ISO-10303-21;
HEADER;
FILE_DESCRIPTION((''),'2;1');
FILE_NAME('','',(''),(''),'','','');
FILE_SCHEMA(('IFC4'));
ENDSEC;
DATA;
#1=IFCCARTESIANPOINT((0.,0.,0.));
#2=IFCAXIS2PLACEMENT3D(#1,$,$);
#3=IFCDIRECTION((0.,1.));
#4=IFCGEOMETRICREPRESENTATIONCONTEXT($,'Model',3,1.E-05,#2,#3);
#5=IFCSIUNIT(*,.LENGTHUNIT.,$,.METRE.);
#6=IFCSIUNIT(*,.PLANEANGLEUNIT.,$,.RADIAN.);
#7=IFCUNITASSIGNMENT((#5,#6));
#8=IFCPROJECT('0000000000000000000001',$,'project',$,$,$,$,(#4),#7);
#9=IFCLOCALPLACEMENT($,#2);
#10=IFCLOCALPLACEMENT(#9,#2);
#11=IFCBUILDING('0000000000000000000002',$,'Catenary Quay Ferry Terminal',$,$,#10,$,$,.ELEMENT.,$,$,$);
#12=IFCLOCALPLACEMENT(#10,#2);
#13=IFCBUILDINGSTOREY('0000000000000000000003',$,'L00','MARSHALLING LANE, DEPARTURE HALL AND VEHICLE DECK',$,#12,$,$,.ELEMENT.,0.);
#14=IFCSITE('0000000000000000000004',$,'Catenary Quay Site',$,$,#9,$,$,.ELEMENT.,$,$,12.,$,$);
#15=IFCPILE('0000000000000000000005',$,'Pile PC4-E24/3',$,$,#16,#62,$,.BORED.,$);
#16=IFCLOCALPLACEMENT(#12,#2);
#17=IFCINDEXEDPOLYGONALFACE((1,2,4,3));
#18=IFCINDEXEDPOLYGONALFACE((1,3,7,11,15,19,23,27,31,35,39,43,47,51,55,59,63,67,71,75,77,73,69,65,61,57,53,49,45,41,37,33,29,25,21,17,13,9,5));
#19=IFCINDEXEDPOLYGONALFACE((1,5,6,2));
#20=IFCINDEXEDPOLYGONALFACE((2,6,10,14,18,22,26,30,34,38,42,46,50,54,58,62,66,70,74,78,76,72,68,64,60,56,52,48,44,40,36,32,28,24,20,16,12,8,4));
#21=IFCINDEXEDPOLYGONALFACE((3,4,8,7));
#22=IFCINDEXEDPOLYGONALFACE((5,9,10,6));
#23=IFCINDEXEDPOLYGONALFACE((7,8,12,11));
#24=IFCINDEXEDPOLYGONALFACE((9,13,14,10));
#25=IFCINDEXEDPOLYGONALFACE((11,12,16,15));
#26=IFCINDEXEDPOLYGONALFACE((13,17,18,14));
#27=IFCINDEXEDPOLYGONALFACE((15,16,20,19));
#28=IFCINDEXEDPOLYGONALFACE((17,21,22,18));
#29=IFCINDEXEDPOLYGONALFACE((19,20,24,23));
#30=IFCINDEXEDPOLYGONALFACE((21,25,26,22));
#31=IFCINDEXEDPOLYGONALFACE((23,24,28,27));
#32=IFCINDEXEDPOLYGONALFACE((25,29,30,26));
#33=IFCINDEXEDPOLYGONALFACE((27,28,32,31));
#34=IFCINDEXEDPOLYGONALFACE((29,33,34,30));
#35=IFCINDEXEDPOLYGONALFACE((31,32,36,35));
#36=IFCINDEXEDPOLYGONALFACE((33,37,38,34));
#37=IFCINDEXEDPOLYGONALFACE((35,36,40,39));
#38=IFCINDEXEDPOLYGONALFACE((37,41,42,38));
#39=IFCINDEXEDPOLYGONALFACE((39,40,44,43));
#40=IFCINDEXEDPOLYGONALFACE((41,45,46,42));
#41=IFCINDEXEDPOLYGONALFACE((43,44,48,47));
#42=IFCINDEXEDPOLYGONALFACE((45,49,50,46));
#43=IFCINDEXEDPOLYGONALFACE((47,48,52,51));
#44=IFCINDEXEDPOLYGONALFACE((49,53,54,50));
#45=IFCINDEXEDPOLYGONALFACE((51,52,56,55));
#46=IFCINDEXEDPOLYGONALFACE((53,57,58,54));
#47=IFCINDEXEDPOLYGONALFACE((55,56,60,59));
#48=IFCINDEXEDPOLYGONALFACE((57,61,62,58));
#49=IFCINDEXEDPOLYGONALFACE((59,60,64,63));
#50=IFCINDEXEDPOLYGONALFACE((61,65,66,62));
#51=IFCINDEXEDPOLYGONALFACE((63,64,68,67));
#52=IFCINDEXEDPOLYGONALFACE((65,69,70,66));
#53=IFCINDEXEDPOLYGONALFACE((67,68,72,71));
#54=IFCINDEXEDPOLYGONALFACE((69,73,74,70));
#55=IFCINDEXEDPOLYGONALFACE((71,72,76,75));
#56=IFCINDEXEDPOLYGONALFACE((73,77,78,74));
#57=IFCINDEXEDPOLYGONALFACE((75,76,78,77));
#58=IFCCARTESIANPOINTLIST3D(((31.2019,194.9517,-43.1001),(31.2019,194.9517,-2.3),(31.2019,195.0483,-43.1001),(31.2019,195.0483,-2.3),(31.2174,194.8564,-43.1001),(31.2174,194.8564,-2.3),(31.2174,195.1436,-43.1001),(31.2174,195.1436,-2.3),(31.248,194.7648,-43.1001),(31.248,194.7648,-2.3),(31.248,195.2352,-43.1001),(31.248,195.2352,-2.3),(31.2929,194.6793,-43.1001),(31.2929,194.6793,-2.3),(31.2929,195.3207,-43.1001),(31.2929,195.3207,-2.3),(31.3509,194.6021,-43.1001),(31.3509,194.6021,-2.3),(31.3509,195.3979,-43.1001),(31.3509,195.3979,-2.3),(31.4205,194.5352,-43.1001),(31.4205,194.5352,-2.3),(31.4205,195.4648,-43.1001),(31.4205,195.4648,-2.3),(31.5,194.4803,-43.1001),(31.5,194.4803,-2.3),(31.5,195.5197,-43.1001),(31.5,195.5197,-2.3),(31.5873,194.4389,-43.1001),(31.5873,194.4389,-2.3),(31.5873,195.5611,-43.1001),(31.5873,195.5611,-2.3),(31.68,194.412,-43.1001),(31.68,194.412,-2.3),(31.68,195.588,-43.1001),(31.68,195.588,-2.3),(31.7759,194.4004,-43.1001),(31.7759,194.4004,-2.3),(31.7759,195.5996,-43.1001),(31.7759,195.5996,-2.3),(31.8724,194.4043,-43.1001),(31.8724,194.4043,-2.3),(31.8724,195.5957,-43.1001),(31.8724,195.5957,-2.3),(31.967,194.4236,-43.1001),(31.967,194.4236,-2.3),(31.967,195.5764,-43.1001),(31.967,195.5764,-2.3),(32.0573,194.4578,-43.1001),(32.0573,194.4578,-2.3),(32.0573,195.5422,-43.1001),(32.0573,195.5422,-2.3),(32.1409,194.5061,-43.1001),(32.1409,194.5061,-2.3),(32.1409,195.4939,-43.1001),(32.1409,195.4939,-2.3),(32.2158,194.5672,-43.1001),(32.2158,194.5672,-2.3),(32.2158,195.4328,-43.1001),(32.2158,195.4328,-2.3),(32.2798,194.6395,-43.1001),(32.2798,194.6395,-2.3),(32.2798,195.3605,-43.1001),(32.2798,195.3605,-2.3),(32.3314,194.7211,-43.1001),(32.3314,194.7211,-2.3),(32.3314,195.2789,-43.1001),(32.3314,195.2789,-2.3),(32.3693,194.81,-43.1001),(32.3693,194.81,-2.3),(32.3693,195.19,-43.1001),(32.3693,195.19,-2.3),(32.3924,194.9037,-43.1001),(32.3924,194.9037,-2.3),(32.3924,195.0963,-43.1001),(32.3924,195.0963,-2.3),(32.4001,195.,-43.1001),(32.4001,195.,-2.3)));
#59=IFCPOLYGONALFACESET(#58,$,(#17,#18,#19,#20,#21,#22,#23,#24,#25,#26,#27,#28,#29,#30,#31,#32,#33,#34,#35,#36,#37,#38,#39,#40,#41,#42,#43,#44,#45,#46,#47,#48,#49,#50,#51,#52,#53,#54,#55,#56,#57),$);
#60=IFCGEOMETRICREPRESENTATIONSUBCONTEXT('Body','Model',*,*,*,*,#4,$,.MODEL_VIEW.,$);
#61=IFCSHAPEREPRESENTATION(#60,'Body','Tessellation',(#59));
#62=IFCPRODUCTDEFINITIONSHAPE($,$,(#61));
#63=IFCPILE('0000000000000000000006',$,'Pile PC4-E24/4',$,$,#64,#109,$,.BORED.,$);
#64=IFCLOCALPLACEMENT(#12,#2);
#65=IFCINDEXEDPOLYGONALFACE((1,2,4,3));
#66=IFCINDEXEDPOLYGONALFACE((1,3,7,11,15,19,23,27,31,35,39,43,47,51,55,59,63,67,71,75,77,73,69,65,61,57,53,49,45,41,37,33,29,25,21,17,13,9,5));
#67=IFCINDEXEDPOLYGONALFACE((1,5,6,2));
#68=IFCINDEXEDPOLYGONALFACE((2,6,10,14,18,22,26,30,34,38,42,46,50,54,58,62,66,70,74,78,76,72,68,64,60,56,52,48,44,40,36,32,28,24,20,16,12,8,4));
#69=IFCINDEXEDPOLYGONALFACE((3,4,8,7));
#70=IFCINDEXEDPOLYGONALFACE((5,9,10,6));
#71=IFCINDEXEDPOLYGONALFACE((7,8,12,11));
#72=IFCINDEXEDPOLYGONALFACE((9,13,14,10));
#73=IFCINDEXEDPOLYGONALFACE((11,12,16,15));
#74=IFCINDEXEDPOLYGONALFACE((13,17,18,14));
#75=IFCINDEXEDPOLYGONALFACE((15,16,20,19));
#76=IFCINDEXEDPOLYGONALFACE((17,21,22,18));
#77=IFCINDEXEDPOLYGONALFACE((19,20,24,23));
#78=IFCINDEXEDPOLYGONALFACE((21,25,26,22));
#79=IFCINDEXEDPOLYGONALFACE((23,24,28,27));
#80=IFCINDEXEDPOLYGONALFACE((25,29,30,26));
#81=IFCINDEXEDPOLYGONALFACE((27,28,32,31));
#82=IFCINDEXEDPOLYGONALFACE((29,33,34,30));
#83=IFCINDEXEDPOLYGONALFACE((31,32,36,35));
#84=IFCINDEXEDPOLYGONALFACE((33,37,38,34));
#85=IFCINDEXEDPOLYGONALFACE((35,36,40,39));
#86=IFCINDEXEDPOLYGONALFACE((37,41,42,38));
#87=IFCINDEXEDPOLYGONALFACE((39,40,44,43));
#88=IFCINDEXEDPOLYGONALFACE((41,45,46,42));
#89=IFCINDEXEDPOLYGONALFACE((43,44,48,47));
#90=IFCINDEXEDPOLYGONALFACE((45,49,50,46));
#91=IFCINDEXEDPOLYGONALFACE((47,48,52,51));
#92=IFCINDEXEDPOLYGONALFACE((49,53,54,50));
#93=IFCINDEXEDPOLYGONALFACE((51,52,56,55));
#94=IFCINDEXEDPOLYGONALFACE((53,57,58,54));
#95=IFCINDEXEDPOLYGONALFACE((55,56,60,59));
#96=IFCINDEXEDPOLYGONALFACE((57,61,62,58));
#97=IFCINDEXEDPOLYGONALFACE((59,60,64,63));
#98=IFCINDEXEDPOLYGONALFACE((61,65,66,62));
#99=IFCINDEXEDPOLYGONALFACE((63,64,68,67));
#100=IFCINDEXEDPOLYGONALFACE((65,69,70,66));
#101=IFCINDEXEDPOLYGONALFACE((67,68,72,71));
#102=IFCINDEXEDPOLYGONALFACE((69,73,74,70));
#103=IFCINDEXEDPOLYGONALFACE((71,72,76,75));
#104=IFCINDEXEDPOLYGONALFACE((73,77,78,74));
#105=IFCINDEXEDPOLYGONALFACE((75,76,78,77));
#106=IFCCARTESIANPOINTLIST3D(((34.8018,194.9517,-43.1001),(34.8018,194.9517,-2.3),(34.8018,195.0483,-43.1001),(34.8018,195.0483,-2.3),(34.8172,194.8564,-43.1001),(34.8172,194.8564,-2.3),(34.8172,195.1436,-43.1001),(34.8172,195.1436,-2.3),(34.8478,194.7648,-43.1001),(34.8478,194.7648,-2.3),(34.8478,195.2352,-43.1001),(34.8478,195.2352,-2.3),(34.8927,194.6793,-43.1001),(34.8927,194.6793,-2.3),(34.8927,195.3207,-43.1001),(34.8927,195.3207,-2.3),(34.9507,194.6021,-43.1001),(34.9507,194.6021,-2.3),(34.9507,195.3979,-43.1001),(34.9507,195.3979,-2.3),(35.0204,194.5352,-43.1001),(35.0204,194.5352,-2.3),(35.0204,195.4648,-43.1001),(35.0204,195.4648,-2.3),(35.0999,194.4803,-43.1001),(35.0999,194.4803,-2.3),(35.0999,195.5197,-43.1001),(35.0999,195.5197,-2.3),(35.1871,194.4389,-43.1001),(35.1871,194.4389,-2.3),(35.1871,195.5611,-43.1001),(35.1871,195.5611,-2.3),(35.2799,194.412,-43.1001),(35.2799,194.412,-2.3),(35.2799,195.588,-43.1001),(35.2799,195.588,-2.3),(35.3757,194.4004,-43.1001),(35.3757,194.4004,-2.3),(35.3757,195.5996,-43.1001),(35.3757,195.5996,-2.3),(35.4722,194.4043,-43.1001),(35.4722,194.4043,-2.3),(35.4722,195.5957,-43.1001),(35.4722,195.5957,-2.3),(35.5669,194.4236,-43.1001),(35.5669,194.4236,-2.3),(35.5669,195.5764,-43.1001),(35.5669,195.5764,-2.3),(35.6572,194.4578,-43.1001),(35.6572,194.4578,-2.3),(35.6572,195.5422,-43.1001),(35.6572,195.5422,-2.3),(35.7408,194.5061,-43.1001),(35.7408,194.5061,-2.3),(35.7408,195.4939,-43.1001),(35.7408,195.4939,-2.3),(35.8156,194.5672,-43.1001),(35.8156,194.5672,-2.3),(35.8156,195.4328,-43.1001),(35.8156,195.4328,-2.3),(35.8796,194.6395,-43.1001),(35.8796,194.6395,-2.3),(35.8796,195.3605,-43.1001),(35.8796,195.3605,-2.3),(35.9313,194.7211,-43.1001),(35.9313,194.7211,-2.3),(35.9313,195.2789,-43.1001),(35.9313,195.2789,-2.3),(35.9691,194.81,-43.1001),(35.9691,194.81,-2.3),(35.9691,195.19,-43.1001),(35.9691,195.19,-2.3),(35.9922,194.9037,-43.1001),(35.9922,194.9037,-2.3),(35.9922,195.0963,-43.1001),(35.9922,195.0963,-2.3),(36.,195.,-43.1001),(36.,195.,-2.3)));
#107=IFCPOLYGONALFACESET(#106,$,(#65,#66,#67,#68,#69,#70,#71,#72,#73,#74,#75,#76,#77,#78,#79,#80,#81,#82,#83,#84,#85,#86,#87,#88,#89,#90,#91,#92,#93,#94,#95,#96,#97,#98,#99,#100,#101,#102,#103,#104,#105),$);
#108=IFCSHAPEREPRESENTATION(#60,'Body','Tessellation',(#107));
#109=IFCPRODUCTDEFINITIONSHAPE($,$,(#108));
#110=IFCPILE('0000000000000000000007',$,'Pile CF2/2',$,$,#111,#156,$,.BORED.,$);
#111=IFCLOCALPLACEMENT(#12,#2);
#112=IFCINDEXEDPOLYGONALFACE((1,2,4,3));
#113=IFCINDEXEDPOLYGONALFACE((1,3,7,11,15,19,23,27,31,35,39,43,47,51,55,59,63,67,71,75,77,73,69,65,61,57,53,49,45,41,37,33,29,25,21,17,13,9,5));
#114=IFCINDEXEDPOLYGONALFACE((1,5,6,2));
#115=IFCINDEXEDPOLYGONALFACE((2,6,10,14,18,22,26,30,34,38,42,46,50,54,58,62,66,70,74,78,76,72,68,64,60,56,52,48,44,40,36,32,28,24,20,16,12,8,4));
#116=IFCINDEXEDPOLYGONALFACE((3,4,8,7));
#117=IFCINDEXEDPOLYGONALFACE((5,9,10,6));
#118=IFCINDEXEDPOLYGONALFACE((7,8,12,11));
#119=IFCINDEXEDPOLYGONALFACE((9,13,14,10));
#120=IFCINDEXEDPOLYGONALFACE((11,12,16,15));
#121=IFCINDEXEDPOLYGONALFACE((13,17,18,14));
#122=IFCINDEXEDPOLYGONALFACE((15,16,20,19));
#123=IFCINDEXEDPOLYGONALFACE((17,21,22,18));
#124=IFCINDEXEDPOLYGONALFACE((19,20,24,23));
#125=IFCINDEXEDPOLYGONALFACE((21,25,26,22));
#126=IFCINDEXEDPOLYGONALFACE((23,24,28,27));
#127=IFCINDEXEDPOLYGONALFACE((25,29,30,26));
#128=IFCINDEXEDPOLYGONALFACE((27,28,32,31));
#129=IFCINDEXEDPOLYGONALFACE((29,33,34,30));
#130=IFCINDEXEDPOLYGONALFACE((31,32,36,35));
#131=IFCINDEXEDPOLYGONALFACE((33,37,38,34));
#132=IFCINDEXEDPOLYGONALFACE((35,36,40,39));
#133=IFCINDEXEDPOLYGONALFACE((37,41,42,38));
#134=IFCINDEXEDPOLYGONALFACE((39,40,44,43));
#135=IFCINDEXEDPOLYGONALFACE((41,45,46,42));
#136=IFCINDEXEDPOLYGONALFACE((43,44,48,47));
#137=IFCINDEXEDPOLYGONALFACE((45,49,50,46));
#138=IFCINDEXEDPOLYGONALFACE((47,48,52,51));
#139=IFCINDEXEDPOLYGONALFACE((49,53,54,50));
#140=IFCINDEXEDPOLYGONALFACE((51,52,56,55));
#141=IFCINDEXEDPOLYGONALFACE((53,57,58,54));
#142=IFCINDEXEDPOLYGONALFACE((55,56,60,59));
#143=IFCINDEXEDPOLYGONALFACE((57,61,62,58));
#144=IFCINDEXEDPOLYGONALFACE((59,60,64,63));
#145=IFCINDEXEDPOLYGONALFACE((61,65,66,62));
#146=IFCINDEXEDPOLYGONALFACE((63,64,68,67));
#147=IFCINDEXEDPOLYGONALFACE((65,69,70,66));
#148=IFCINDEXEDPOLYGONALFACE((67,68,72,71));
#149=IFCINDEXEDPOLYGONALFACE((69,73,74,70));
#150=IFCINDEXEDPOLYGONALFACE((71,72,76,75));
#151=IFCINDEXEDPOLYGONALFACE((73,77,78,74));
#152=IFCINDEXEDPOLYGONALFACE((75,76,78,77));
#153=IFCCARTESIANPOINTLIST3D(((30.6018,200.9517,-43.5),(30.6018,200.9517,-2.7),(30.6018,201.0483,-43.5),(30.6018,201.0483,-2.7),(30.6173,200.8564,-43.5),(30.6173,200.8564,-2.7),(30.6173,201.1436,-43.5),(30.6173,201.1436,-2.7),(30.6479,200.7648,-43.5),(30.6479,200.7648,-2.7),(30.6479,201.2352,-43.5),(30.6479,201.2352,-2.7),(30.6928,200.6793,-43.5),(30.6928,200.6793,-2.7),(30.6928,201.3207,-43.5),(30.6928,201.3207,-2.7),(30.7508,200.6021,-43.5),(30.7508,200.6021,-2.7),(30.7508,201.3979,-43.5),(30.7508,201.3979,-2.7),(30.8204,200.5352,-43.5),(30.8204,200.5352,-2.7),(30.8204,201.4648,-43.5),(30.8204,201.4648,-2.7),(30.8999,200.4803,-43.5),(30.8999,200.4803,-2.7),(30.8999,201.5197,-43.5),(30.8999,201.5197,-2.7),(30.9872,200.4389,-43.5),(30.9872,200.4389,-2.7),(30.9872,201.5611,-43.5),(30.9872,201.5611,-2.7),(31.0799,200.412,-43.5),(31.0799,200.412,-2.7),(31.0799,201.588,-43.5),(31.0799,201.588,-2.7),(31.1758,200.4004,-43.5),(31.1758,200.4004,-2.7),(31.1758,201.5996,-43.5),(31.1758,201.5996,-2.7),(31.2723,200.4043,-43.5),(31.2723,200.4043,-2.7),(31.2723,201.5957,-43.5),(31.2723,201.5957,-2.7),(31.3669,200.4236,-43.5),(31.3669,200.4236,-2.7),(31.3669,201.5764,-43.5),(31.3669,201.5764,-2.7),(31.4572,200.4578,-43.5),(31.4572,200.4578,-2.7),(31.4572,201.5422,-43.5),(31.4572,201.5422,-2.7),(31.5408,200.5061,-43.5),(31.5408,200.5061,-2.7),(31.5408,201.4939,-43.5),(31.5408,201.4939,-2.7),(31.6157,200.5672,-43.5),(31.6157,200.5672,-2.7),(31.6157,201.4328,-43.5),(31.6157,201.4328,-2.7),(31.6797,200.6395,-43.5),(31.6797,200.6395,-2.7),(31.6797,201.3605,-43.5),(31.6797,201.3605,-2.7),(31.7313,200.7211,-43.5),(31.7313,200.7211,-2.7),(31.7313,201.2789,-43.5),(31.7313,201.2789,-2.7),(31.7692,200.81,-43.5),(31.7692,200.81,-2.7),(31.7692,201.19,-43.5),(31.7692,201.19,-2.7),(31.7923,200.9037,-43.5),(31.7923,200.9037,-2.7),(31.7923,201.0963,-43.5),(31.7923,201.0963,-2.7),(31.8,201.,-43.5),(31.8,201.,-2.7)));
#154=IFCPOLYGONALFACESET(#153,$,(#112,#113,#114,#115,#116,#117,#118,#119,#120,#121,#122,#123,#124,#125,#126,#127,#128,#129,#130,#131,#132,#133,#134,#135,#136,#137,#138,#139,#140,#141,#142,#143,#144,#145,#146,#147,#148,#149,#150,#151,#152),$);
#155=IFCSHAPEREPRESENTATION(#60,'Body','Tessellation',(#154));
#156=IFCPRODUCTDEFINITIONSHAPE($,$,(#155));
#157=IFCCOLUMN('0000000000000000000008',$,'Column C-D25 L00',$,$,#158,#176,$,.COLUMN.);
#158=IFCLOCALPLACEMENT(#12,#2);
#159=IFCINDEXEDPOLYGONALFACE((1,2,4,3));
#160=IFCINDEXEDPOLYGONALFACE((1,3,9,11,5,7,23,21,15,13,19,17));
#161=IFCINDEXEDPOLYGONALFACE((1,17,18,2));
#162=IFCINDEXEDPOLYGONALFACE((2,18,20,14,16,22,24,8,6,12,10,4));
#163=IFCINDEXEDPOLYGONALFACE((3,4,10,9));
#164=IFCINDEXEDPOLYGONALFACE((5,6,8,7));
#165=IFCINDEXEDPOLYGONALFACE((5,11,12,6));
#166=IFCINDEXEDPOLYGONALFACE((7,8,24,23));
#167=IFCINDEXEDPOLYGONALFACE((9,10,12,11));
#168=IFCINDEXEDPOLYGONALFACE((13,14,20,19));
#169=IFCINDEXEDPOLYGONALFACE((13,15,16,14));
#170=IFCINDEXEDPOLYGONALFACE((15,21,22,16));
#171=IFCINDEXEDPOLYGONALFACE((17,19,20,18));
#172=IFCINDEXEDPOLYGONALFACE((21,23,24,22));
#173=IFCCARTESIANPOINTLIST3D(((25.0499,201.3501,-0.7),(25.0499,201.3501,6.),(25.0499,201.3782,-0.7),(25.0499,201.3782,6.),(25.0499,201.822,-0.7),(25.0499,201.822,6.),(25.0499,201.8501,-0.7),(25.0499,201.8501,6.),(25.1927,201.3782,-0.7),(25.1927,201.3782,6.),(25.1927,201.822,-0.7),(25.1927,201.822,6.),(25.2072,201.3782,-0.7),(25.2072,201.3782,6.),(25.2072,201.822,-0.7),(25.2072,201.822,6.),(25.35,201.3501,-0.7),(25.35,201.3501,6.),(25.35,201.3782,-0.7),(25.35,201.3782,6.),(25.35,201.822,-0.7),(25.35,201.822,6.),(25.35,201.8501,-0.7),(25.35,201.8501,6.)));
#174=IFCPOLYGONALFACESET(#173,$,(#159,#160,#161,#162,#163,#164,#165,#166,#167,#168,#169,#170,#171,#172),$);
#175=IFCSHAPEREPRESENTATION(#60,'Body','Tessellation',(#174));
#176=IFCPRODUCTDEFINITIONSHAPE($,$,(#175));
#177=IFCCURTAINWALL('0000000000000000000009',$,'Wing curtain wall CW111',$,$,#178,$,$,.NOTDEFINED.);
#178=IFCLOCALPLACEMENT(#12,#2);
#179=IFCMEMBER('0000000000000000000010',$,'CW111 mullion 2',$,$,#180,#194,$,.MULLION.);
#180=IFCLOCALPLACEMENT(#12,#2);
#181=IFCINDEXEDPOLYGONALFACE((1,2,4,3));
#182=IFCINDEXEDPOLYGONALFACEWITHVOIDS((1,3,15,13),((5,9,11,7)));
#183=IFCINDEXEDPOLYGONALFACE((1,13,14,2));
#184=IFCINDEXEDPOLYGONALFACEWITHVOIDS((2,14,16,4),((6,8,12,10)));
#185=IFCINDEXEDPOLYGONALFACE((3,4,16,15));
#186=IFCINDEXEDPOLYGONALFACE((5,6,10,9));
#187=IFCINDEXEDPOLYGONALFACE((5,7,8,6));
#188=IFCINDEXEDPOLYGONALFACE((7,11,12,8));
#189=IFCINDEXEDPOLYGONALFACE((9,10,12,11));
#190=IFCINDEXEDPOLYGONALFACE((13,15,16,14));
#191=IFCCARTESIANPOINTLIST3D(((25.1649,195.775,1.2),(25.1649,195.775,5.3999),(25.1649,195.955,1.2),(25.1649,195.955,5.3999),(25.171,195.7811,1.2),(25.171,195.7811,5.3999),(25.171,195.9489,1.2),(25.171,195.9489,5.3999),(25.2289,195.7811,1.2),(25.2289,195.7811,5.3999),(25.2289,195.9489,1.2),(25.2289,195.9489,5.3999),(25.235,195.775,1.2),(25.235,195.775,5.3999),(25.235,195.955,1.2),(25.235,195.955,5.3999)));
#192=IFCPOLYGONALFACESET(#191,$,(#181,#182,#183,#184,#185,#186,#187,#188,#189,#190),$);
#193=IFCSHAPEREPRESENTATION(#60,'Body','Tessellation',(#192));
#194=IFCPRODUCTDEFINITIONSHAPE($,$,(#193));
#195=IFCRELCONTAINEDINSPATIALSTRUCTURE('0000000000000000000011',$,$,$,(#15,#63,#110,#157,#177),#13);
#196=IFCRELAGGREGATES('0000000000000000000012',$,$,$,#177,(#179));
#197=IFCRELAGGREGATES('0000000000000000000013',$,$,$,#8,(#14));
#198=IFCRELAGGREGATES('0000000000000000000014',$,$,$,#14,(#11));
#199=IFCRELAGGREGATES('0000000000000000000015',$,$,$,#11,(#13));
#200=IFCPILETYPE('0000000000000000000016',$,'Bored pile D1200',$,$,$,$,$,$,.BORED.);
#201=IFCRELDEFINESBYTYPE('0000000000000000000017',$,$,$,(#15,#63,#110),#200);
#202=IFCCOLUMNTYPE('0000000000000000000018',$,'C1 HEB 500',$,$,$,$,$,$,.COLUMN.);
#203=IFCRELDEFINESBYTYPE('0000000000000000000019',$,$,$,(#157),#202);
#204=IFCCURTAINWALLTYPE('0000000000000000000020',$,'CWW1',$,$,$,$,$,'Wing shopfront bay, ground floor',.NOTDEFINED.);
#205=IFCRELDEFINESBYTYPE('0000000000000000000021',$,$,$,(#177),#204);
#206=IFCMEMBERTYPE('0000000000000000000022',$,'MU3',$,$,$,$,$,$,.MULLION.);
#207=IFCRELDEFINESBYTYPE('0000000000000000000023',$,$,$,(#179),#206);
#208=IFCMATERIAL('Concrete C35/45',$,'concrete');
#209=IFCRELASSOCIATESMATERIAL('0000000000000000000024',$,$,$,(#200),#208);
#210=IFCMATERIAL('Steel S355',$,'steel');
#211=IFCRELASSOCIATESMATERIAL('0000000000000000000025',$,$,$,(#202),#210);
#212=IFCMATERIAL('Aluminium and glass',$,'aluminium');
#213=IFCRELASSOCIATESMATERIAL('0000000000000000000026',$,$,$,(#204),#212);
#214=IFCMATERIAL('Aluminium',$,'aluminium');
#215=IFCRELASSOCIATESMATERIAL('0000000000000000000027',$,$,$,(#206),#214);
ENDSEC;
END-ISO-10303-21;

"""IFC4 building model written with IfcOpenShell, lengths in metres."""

from ifc_helpers import new_model, si_unit, direction, frame, origin, origin_2d, place, context, subcontext, project, spatial, hollow_rectangle, circle, i_section, extrude, material, material_profile, profile_set, type_object, element, aggregate, save


model = new_model("IFC4")

# Units and contexts
model_context = context("Model", 3, precision=1e-05, world=origin(), true_north=direction((0.0, 1.0)))
body_context = subcontext(model_context, "Body", "Model", "MODEL_VIEW")
ifc_project = project(units=[si_unit("LENGTHUNIT", "METRE"), si_unit("PLANEANGLEUNIT", "RADIAN")], contexts=[model_context])

# Site, building, storey
site_placement = place(None, origin())
site = spatial("IfcSite", under=ifc_project, at=site_placement, Name="Catenary Quay Site", CompositionType="ELEMENT", RefElevation=12.0)
building_placement = place(site_placement, origin())
building = spatial("IfcBuilding", under=site, at=building_placement, Name="Catenary Quay Ferry Terminal", CompositionType="ELEMENT")
storey_placement = place(building_placement, origin())
storey = spatial("IfcBuildingStorey", under=building, at=storey_placement, Name="L00", Description="MARSHALLING LANE, DEPARTURE HALL AND VEHICLE DECK", CompositionType="ELEMENT", Elevation=0.0)

# Piles
ifc_material_1 = material(Name="Concrete C35/45", Category="concrete")
ifc_material_profile_1 = material_profile(ifc_material_1, circle(Radius=0.6001, at=origin_2d()), Name="D1200")
ifc_profile_set_1 = profile_set([ifc_material_profile_1], Name="Concrete C35/45")
pile_type = type_object("IfcPileType", Name="Bored pile D1200", PredefinedType="BORED", material=ifc_profile_set_1)
for number, where, z_axis, x_axis, name in (
    (1, (31.8, 195.0, -2.3), (0.0, 0.0, -1.0), (1.0, 0.0, 0.0), "Pile PC4-E24/3"),
    (2, (35.3999, 195.0, -2.3), (0.0, 0.0, -1.0), (1.0, 0.0, 0.0), "Pile PC4-E24/4"),
    (3, (31.2, 201.0, -2.7), (0.0, 0.0, -1.0), (1.0, 0.0, 0.0), "Pile CF2/2"),
):
    element("IfcPile", number, at=place(storey_placement, frame(where, z_axis=z_axis, x_axis=x_axis)), inside=storey, type_object=pile_type, Name=name, PredefinedType="BORED", context=body_context, shape_type="SweptSolid", body=[
        extrude(circle(Radius=0.6001, at=origin_2d()), origin(), (0.0, 0.0, 1.0), 40.8),
    ])

# Column
ifc_material_2 = material(Name="Steel S355", Category="steel")
ifc_material_profile_2 = material_profile(ifc_material_2, i_section(OverallWidth=0.3, OverallDepth=0.5, WebThickness=0.0144, FlangeThickness=0.0281, at=origin_2d()), Name="HEB 500")
ifc_profile_set_2 = profile_set([ifc_material_profile_2], Name="Steel S355")
column_type = type_object("IfcColumnType", Name="C1 HEB 500", PredefinedType="COLUMN", material=ifc_profile_set_2)
column_placement = place(storey_placement, frame((25.2, 201.6001, -0.7), z_axis=(0.0, 0.0, 1.0), x_axis=(1.0, 0.0, 0.0)))
element("IfcColumn", 4, at=column_placement, inside=storey, type_object=column_type, Name="Column C-D25 L00", PredefinedType="COLUMN", context=body_context, shape_type="SweptSolid", body=[
    extrude(i_section(OverallWidth=0.3, OverallDepth=0.5, WebThickness=0.0144, FlangeThickness=0.0281, at=origin_2d()), origin(), (0.0, 0.0, 1.0), 6.7),
])

# Curtain wall, member
ifc_material_3 = material(Name="Aluminium and glass", Category="aluminium")
curtain_wall_type = type_object("IfcCurtainWallType", Name="CWW1", ElementType="Wing shopfront bay, ground floor", PredefinedType="NOTDEFINED", material=ifc_material_3)
curtain_wall_1_placement = place(storey_placement, origin())
curtain_wall_1 = element("IfcCurtainWall", 5, at=curtain_wall_1_placement, inside=storey, type_object=curtain_wall_type, Name="Wing curtain wall CW111", PredefinedType="NOTDEFINED")
ifc_material_4 = material(Name="Aluminium", Category="aluminium")
ifc_material_profile_3 = material_profile(ifc_material_4, hollow_rectangle(XDim=0.0701, YDim=0.1799, WallThickness=0.0061, at=origin_2d()), Name="MU3")
ifc_profile_set_3 = profile_set([ifc_material_profile_3], Name="Aluminium")
member_type_1 = type_object("IfcMemberType", Name="MU3", PredefinedType="MULLION", material=ifc_profile_set_3)
member_1_placement = place(storey_placement, frame((25.2, 195.865, 1.2), z_axis=(0.0, 0.0, 1.0), x_axis=(-1.0, 0.0, 0.0)))
member_1 = element("IfcMember", 6, at=member_1_placement, type_object=member_type_1, Name="CW111 mullion 2", PredefinedType="MULLION", context=body_context, shape_type="SweptSolid", body=[
    extrude(hollow_rectangle(XDim=0.0701, YDim=0.1799, WallThickness=0.0061, at=origin_2d()), origin(), (0.0, 0.0, 1.0), 4.2),
])
aggregate(curtain_wall_1, [member_1])

save(model, "model.ifc")
